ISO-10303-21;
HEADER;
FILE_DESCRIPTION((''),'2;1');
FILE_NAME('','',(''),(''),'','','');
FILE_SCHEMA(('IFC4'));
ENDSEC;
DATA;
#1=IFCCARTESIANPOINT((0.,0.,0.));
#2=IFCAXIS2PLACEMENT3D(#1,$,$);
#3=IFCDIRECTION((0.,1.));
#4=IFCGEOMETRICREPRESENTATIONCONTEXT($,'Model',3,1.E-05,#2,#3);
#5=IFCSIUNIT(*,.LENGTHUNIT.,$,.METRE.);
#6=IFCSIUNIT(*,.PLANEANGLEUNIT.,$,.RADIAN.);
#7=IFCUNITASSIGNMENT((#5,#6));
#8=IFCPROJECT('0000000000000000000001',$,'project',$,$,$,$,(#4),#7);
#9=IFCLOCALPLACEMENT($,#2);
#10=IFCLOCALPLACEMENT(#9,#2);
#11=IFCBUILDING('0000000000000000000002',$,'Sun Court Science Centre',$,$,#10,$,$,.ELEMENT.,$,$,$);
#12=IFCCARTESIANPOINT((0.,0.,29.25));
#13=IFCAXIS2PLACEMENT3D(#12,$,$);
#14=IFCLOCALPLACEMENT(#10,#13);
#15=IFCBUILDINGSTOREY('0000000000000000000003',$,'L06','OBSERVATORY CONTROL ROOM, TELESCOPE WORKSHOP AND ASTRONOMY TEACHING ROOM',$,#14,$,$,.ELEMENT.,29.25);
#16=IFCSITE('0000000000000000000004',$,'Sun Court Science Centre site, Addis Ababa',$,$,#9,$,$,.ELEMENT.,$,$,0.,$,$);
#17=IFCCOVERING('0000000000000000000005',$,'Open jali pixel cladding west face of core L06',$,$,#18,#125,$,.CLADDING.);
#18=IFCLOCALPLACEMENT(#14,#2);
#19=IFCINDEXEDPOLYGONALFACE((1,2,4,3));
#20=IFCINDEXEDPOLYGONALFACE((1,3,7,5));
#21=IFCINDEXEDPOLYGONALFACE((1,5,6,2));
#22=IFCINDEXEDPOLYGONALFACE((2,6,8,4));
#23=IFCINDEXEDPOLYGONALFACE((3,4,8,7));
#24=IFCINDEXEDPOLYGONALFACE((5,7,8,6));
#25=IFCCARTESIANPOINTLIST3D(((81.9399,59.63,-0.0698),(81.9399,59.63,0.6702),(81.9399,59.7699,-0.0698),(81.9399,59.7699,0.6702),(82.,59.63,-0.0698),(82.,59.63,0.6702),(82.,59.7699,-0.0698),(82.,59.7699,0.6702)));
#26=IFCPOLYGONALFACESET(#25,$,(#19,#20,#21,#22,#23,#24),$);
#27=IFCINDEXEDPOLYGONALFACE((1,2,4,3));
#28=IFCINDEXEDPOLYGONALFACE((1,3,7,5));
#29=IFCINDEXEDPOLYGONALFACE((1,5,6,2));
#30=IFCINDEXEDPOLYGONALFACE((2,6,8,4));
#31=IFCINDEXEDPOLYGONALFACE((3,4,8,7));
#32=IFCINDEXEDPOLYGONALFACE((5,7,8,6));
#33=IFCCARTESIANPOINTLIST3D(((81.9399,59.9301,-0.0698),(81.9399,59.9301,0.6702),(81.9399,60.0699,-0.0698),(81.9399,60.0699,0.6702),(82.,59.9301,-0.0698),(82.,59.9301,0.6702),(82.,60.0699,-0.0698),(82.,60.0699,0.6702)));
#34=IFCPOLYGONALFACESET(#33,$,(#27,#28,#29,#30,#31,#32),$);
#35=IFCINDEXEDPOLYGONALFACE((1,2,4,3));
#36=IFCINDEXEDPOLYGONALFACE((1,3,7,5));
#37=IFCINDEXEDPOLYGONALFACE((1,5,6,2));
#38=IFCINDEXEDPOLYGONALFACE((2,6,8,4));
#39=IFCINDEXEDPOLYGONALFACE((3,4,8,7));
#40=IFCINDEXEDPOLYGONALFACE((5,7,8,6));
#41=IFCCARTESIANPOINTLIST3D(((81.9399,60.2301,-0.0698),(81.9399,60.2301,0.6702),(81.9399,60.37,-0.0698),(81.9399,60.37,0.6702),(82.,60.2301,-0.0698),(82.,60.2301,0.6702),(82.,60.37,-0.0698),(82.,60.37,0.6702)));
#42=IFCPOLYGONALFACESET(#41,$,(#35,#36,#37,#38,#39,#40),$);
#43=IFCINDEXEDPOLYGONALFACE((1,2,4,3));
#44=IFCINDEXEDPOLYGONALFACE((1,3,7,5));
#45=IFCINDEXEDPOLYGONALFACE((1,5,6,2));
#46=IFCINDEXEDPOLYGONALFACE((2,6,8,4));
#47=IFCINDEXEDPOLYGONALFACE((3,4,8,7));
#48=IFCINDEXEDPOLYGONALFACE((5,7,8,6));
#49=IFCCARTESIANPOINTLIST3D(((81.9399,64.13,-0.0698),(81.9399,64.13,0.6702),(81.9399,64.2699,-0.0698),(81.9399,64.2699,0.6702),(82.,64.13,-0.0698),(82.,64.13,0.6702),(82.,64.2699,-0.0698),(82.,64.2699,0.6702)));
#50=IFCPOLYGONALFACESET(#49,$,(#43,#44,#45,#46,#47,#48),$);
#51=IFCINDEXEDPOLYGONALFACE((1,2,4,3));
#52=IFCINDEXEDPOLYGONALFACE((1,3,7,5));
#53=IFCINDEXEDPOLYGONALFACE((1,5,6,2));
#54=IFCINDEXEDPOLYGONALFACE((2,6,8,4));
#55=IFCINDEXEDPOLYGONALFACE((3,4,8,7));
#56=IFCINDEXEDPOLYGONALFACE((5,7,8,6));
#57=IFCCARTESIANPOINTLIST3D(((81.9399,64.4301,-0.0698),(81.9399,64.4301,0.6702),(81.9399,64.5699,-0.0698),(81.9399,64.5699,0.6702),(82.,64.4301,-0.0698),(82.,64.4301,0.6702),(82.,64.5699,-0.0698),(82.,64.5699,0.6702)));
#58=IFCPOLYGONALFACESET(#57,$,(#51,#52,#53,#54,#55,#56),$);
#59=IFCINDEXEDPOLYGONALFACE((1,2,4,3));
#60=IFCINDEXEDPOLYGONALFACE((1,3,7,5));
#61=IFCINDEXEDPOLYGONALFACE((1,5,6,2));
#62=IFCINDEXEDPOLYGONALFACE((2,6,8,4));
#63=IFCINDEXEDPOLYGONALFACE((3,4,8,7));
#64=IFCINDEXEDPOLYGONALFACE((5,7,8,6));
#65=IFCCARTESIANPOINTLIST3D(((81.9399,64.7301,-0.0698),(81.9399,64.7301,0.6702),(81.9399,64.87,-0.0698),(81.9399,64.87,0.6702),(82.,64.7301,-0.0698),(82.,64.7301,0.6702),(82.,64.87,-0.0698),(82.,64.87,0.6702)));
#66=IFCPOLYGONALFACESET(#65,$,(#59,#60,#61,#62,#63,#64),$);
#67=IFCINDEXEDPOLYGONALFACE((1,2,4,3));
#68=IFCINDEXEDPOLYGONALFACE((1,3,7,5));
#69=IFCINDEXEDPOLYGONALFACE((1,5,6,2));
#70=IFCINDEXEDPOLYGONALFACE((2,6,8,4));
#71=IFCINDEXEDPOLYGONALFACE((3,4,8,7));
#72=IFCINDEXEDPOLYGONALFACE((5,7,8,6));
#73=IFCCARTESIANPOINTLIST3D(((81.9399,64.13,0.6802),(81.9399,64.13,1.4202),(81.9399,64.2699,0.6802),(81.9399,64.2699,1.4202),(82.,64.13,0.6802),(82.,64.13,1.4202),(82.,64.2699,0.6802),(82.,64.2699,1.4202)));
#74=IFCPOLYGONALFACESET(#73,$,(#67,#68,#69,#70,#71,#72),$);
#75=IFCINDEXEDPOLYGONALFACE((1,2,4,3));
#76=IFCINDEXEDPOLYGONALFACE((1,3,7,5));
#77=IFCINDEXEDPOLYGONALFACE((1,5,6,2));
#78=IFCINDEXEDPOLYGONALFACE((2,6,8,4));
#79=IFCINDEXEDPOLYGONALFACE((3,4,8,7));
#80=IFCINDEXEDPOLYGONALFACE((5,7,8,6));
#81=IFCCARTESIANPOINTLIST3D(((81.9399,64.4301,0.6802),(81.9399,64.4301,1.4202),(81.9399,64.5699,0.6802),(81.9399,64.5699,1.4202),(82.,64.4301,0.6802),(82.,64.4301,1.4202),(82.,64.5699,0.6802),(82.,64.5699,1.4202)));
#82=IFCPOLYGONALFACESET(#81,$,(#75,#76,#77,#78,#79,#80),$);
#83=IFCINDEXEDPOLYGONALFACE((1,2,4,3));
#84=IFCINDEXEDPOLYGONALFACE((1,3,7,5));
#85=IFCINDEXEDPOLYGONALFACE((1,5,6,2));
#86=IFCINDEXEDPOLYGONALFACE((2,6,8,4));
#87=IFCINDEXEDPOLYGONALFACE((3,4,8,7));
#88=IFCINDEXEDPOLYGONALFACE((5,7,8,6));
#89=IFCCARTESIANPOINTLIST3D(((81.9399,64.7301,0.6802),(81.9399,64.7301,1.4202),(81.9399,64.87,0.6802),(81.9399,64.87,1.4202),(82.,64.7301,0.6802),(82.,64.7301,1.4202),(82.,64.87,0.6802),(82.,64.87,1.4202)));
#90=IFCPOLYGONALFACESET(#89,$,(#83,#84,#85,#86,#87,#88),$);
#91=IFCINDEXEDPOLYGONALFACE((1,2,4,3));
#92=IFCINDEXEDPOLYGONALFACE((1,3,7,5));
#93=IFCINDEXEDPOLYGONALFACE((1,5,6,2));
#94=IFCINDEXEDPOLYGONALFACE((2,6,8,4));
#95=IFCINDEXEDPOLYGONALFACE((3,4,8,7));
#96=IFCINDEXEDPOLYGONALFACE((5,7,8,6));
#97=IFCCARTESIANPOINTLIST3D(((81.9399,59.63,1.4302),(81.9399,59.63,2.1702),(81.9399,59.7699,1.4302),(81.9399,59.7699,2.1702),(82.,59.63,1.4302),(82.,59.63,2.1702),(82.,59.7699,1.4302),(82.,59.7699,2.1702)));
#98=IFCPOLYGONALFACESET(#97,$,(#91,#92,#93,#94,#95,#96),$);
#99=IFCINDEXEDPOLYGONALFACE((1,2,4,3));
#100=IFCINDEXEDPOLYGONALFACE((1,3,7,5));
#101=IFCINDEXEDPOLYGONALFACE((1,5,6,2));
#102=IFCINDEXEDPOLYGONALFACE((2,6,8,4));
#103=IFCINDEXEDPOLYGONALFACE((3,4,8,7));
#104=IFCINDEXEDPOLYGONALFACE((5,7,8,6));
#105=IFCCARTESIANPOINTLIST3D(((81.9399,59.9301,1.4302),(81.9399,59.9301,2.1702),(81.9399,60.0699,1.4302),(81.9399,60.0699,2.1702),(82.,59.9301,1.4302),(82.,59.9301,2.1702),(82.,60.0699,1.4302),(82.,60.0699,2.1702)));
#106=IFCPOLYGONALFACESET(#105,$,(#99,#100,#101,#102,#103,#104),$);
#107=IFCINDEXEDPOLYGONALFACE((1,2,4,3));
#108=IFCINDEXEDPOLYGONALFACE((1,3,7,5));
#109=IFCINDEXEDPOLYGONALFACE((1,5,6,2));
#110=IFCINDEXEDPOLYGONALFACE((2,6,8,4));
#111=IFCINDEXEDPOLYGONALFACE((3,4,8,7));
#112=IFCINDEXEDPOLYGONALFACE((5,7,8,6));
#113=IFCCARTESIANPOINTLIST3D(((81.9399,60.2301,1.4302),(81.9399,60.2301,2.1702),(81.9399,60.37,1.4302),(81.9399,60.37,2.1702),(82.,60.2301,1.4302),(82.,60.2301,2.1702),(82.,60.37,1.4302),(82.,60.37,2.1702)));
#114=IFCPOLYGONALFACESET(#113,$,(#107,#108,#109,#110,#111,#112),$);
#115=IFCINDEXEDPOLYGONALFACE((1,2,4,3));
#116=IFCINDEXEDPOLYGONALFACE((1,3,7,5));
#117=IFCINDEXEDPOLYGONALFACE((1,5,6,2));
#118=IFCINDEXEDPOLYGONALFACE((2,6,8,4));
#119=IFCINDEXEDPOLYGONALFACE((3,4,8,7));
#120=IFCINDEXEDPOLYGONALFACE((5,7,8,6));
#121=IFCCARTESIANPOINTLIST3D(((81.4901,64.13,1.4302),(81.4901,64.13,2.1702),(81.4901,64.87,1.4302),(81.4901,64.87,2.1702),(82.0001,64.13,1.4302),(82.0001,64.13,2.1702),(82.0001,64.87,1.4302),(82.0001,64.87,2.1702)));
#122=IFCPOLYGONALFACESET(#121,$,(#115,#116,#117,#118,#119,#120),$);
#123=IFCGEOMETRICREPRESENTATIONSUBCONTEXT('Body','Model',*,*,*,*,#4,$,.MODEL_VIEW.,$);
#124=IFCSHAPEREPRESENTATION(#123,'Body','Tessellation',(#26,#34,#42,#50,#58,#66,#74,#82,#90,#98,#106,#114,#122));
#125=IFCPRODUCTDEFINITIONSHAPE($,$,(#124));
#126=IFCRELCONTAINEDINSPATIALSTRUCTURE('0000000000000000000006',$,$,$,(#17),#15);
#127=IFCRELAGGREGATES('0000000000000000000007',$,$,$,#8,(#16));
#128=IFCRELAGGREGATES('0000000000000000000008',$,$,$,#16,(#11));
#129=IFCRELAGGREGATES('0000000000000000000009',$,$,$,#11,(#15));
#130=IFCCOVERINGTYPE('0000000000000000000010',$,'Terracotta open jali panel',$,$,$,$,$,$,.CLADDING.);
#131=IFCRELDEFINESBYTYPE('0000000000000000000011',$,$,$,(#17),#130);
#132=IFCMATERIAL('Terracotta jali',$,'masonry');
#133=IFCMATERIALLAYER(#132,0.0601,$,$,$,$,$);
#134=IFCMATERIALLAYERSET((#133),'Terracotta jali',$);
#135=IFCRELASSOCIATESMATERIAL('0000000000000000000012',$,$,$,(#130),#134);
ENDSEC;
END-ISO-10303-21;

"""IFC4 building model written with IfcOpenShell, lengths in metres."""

from ifc_helpers import new_model, si_unit, direction, frame, origin, origin_2d, place, context, subcontext, project, spatial, rectangle, extrude, material, layer, layer_set, type_object, element, save


model = new_model("IFC4")

# Units and contexts
model_context = context("Model", 3, precision=1e-05, world=origin(), true_north=direction((0.0, 1.0)))
body_context = subcontext(model_context, "Body", "Model", "MODEL_VIEW")
ifc_project = project(units=[si_unit("LENGTHUNIT", "METRE"), si_unit("PLANEANGLEUNIT", "RADIAN")], contexts=[model_context])

# Site, building, storey
site_placement = place(None, origin())
site = spatial("IfcSite", under=ifc_project, at=site_placement, Name="Sun Court Science Centre site, Addis Ababa", CompositionType="ELEMENT", RefElevation=0.0)
building_placement = place(site_placement, origin())
building = spatial("IfcBuilding", under=site, at=building_placement, Name="Sun Court Science Centre", CompositionType="ELEMENT")
storey_placement = place(building_placement, frame((0.0, 0.0, 29.25)))
storey = spatial("IfcBuildingStorey", under=building, at=storey_placement, Name="L06", Description="OBSERVATORY CONTROL ROOM, TELESCOPE WORKSHOP AND ASTRONOMY TEACHING ROOM", CompositionType="ELEMENT", Elevation=29.25)

# Covering
ifc_material_1 = material(Name="Terracotta jali", Category="masonry")
ifc_layer_1 = layer(ifc_material_1, 0.0601)
ifc_layer_set_1 = layer_set([ifc_layer_1], Name="Terracotta jali")
covering_type_1 = type_object("IfcCoveringType", Name="Terracotta open jali panel", PredefinedType="CLADDING", material=ifc_layer_set_1)
covering_1_placement = place(storey_placement, frame((0.0, 0.0, -29.25)))
element("IfcCovering", 1, at=covering_1_placement, inside=storey, type_object=covering_type_1, Name="Open jali pixel cladding west face of core L06", PredefinedType="CLADDING", context=body_context, shape_type="SweptSolid", body=[
    extrude(rectangle(XDim=0.1399, YDim=0.0601, at=origin_2d()), frame((81.97, 59.7, 29.1802), z_axis=(0.0, 0.0, 1.0), x_axis=(0.0, 1.0, 0.0)), (0.0, 0.0, 1.0), 0.74),
    extrude(rectangle(XDim=0.1399, YDim=0.0601, at=origin_2d()), frame((81.97, 60.0, 29.1802), z_axis=(0.0, 0.0, 1.0), x_axis=(0.0, 1.0, 0.0)), (0.0, 0.0, 1.0), 0.74),
    extrude(rectangle(XDim=0.1399, YDim=0.0601, at=origin_2d()), frame((81.97, 60.3, 29.1802), z_axis=(0.0, 0.0, 1.0), x_axis=(0.0, 1.0, 0.0)), (0.0, 0.0, 1.0), 0.74),
    extrude(rectangle(XDim=0.1399, YDim=0.0601, at=origin_2d()), frame((81.97, 64.2, 29.1802), z_axis=(0.0, 0.0, 1.0), x_axis=(0.0, 1.0, 0.0)), (0.0, 0.0, 1.0), 0.74),
    extrude(rectangle(XDim=0.1399, YDim=0.0601, at=origin_2d()), frame((81.97, 64.5, 29.1802), z_axis=(0.0, 0.0, 1.0), x_axis=(0.0, 1.0, 0.0)), (0.0, 0.0, 1.0), 0.74),
    extrude(rectangle(XDim=0.1399, YDim=0.0601, at=origin_2d()), frame((81.97, 64.8, 29.1802), z_axis=(0.0, 0.0, 1.0), x_axis=(0.0, 1.0, 0.0)), (0.0, 0.0, 1.0), 0.74),
    extrude(rectangle(XDim=0.1399, YDim=0.0601, at=origin_2d()), frame((81.97, 64.2, 29.9302), z_axis=(0.0, 0.0, 1.0), x_axis=(0.0, 1.0, 0.0)), (0.0, 0.0, 1.0), 0.74),
    extrude(rectangle(XDim=0.1399, YDim=0.0601, at=origin_2d()), frame((81.97, 64.5, 29.9302), z_axis=(0.0, 0.0, 1.0), x_axis=(0.0, 1.0, 0.0)), (0.0, 0.0, 1.0), 0.74),
    extrude(rectangle(XDim=0.1399, YDim=0.0601, at=origin_2d()), frame((81.97, 64.8, 29.9302), z_axis=(0.0, 0.0, 1.0), x_axis=(0.0, 1.0, 0.0)), (0.0, 0.0, 1.0), 0.74),
    extrude(rectangle(XDim=0.1399, YDim=0.0601, at=origin_2d()), frame((81.97, 59.7, 30.6802), z_axis=(0.0, 0.0, 1.0), x_axis=(0.0, 1.0, 0.0)), (0.0, 0.0, 1.0), 0.74),
    extrude(rectangle(XDim=0.1399, YDim=0.0601, at=origin_2d()), frame((81.97, 60.0, 30.6802), z_axis=(0.0, 0.0, 1.0), x_axis=(0.0, 1.0, 0.0)), (0.0, 0.0, 1.0), 0.74),
    extrude(rectangle(XDim=0.1399, YDim=0.0601, at=origin_2d()), frame((81.97, 60.3, 30.6802), z_axis=(0.0, 0.0, 1.0), x_axis=(0.0, 1.0, 0.0)), (0.0, 0.0, 1.0), 0.74),
    extrude(rectangle(XDim=0.74, YDim=0.51, at=origin_2d()), frame((81.7451, 64.5, 30.6802), z_axis=(0.0, 0.0, 1.0), x_axis=(0.0, 1.0, 0.0)), (0.0, 0.0, 1.0), 0.74),
])

save(model, "model.ifc")
